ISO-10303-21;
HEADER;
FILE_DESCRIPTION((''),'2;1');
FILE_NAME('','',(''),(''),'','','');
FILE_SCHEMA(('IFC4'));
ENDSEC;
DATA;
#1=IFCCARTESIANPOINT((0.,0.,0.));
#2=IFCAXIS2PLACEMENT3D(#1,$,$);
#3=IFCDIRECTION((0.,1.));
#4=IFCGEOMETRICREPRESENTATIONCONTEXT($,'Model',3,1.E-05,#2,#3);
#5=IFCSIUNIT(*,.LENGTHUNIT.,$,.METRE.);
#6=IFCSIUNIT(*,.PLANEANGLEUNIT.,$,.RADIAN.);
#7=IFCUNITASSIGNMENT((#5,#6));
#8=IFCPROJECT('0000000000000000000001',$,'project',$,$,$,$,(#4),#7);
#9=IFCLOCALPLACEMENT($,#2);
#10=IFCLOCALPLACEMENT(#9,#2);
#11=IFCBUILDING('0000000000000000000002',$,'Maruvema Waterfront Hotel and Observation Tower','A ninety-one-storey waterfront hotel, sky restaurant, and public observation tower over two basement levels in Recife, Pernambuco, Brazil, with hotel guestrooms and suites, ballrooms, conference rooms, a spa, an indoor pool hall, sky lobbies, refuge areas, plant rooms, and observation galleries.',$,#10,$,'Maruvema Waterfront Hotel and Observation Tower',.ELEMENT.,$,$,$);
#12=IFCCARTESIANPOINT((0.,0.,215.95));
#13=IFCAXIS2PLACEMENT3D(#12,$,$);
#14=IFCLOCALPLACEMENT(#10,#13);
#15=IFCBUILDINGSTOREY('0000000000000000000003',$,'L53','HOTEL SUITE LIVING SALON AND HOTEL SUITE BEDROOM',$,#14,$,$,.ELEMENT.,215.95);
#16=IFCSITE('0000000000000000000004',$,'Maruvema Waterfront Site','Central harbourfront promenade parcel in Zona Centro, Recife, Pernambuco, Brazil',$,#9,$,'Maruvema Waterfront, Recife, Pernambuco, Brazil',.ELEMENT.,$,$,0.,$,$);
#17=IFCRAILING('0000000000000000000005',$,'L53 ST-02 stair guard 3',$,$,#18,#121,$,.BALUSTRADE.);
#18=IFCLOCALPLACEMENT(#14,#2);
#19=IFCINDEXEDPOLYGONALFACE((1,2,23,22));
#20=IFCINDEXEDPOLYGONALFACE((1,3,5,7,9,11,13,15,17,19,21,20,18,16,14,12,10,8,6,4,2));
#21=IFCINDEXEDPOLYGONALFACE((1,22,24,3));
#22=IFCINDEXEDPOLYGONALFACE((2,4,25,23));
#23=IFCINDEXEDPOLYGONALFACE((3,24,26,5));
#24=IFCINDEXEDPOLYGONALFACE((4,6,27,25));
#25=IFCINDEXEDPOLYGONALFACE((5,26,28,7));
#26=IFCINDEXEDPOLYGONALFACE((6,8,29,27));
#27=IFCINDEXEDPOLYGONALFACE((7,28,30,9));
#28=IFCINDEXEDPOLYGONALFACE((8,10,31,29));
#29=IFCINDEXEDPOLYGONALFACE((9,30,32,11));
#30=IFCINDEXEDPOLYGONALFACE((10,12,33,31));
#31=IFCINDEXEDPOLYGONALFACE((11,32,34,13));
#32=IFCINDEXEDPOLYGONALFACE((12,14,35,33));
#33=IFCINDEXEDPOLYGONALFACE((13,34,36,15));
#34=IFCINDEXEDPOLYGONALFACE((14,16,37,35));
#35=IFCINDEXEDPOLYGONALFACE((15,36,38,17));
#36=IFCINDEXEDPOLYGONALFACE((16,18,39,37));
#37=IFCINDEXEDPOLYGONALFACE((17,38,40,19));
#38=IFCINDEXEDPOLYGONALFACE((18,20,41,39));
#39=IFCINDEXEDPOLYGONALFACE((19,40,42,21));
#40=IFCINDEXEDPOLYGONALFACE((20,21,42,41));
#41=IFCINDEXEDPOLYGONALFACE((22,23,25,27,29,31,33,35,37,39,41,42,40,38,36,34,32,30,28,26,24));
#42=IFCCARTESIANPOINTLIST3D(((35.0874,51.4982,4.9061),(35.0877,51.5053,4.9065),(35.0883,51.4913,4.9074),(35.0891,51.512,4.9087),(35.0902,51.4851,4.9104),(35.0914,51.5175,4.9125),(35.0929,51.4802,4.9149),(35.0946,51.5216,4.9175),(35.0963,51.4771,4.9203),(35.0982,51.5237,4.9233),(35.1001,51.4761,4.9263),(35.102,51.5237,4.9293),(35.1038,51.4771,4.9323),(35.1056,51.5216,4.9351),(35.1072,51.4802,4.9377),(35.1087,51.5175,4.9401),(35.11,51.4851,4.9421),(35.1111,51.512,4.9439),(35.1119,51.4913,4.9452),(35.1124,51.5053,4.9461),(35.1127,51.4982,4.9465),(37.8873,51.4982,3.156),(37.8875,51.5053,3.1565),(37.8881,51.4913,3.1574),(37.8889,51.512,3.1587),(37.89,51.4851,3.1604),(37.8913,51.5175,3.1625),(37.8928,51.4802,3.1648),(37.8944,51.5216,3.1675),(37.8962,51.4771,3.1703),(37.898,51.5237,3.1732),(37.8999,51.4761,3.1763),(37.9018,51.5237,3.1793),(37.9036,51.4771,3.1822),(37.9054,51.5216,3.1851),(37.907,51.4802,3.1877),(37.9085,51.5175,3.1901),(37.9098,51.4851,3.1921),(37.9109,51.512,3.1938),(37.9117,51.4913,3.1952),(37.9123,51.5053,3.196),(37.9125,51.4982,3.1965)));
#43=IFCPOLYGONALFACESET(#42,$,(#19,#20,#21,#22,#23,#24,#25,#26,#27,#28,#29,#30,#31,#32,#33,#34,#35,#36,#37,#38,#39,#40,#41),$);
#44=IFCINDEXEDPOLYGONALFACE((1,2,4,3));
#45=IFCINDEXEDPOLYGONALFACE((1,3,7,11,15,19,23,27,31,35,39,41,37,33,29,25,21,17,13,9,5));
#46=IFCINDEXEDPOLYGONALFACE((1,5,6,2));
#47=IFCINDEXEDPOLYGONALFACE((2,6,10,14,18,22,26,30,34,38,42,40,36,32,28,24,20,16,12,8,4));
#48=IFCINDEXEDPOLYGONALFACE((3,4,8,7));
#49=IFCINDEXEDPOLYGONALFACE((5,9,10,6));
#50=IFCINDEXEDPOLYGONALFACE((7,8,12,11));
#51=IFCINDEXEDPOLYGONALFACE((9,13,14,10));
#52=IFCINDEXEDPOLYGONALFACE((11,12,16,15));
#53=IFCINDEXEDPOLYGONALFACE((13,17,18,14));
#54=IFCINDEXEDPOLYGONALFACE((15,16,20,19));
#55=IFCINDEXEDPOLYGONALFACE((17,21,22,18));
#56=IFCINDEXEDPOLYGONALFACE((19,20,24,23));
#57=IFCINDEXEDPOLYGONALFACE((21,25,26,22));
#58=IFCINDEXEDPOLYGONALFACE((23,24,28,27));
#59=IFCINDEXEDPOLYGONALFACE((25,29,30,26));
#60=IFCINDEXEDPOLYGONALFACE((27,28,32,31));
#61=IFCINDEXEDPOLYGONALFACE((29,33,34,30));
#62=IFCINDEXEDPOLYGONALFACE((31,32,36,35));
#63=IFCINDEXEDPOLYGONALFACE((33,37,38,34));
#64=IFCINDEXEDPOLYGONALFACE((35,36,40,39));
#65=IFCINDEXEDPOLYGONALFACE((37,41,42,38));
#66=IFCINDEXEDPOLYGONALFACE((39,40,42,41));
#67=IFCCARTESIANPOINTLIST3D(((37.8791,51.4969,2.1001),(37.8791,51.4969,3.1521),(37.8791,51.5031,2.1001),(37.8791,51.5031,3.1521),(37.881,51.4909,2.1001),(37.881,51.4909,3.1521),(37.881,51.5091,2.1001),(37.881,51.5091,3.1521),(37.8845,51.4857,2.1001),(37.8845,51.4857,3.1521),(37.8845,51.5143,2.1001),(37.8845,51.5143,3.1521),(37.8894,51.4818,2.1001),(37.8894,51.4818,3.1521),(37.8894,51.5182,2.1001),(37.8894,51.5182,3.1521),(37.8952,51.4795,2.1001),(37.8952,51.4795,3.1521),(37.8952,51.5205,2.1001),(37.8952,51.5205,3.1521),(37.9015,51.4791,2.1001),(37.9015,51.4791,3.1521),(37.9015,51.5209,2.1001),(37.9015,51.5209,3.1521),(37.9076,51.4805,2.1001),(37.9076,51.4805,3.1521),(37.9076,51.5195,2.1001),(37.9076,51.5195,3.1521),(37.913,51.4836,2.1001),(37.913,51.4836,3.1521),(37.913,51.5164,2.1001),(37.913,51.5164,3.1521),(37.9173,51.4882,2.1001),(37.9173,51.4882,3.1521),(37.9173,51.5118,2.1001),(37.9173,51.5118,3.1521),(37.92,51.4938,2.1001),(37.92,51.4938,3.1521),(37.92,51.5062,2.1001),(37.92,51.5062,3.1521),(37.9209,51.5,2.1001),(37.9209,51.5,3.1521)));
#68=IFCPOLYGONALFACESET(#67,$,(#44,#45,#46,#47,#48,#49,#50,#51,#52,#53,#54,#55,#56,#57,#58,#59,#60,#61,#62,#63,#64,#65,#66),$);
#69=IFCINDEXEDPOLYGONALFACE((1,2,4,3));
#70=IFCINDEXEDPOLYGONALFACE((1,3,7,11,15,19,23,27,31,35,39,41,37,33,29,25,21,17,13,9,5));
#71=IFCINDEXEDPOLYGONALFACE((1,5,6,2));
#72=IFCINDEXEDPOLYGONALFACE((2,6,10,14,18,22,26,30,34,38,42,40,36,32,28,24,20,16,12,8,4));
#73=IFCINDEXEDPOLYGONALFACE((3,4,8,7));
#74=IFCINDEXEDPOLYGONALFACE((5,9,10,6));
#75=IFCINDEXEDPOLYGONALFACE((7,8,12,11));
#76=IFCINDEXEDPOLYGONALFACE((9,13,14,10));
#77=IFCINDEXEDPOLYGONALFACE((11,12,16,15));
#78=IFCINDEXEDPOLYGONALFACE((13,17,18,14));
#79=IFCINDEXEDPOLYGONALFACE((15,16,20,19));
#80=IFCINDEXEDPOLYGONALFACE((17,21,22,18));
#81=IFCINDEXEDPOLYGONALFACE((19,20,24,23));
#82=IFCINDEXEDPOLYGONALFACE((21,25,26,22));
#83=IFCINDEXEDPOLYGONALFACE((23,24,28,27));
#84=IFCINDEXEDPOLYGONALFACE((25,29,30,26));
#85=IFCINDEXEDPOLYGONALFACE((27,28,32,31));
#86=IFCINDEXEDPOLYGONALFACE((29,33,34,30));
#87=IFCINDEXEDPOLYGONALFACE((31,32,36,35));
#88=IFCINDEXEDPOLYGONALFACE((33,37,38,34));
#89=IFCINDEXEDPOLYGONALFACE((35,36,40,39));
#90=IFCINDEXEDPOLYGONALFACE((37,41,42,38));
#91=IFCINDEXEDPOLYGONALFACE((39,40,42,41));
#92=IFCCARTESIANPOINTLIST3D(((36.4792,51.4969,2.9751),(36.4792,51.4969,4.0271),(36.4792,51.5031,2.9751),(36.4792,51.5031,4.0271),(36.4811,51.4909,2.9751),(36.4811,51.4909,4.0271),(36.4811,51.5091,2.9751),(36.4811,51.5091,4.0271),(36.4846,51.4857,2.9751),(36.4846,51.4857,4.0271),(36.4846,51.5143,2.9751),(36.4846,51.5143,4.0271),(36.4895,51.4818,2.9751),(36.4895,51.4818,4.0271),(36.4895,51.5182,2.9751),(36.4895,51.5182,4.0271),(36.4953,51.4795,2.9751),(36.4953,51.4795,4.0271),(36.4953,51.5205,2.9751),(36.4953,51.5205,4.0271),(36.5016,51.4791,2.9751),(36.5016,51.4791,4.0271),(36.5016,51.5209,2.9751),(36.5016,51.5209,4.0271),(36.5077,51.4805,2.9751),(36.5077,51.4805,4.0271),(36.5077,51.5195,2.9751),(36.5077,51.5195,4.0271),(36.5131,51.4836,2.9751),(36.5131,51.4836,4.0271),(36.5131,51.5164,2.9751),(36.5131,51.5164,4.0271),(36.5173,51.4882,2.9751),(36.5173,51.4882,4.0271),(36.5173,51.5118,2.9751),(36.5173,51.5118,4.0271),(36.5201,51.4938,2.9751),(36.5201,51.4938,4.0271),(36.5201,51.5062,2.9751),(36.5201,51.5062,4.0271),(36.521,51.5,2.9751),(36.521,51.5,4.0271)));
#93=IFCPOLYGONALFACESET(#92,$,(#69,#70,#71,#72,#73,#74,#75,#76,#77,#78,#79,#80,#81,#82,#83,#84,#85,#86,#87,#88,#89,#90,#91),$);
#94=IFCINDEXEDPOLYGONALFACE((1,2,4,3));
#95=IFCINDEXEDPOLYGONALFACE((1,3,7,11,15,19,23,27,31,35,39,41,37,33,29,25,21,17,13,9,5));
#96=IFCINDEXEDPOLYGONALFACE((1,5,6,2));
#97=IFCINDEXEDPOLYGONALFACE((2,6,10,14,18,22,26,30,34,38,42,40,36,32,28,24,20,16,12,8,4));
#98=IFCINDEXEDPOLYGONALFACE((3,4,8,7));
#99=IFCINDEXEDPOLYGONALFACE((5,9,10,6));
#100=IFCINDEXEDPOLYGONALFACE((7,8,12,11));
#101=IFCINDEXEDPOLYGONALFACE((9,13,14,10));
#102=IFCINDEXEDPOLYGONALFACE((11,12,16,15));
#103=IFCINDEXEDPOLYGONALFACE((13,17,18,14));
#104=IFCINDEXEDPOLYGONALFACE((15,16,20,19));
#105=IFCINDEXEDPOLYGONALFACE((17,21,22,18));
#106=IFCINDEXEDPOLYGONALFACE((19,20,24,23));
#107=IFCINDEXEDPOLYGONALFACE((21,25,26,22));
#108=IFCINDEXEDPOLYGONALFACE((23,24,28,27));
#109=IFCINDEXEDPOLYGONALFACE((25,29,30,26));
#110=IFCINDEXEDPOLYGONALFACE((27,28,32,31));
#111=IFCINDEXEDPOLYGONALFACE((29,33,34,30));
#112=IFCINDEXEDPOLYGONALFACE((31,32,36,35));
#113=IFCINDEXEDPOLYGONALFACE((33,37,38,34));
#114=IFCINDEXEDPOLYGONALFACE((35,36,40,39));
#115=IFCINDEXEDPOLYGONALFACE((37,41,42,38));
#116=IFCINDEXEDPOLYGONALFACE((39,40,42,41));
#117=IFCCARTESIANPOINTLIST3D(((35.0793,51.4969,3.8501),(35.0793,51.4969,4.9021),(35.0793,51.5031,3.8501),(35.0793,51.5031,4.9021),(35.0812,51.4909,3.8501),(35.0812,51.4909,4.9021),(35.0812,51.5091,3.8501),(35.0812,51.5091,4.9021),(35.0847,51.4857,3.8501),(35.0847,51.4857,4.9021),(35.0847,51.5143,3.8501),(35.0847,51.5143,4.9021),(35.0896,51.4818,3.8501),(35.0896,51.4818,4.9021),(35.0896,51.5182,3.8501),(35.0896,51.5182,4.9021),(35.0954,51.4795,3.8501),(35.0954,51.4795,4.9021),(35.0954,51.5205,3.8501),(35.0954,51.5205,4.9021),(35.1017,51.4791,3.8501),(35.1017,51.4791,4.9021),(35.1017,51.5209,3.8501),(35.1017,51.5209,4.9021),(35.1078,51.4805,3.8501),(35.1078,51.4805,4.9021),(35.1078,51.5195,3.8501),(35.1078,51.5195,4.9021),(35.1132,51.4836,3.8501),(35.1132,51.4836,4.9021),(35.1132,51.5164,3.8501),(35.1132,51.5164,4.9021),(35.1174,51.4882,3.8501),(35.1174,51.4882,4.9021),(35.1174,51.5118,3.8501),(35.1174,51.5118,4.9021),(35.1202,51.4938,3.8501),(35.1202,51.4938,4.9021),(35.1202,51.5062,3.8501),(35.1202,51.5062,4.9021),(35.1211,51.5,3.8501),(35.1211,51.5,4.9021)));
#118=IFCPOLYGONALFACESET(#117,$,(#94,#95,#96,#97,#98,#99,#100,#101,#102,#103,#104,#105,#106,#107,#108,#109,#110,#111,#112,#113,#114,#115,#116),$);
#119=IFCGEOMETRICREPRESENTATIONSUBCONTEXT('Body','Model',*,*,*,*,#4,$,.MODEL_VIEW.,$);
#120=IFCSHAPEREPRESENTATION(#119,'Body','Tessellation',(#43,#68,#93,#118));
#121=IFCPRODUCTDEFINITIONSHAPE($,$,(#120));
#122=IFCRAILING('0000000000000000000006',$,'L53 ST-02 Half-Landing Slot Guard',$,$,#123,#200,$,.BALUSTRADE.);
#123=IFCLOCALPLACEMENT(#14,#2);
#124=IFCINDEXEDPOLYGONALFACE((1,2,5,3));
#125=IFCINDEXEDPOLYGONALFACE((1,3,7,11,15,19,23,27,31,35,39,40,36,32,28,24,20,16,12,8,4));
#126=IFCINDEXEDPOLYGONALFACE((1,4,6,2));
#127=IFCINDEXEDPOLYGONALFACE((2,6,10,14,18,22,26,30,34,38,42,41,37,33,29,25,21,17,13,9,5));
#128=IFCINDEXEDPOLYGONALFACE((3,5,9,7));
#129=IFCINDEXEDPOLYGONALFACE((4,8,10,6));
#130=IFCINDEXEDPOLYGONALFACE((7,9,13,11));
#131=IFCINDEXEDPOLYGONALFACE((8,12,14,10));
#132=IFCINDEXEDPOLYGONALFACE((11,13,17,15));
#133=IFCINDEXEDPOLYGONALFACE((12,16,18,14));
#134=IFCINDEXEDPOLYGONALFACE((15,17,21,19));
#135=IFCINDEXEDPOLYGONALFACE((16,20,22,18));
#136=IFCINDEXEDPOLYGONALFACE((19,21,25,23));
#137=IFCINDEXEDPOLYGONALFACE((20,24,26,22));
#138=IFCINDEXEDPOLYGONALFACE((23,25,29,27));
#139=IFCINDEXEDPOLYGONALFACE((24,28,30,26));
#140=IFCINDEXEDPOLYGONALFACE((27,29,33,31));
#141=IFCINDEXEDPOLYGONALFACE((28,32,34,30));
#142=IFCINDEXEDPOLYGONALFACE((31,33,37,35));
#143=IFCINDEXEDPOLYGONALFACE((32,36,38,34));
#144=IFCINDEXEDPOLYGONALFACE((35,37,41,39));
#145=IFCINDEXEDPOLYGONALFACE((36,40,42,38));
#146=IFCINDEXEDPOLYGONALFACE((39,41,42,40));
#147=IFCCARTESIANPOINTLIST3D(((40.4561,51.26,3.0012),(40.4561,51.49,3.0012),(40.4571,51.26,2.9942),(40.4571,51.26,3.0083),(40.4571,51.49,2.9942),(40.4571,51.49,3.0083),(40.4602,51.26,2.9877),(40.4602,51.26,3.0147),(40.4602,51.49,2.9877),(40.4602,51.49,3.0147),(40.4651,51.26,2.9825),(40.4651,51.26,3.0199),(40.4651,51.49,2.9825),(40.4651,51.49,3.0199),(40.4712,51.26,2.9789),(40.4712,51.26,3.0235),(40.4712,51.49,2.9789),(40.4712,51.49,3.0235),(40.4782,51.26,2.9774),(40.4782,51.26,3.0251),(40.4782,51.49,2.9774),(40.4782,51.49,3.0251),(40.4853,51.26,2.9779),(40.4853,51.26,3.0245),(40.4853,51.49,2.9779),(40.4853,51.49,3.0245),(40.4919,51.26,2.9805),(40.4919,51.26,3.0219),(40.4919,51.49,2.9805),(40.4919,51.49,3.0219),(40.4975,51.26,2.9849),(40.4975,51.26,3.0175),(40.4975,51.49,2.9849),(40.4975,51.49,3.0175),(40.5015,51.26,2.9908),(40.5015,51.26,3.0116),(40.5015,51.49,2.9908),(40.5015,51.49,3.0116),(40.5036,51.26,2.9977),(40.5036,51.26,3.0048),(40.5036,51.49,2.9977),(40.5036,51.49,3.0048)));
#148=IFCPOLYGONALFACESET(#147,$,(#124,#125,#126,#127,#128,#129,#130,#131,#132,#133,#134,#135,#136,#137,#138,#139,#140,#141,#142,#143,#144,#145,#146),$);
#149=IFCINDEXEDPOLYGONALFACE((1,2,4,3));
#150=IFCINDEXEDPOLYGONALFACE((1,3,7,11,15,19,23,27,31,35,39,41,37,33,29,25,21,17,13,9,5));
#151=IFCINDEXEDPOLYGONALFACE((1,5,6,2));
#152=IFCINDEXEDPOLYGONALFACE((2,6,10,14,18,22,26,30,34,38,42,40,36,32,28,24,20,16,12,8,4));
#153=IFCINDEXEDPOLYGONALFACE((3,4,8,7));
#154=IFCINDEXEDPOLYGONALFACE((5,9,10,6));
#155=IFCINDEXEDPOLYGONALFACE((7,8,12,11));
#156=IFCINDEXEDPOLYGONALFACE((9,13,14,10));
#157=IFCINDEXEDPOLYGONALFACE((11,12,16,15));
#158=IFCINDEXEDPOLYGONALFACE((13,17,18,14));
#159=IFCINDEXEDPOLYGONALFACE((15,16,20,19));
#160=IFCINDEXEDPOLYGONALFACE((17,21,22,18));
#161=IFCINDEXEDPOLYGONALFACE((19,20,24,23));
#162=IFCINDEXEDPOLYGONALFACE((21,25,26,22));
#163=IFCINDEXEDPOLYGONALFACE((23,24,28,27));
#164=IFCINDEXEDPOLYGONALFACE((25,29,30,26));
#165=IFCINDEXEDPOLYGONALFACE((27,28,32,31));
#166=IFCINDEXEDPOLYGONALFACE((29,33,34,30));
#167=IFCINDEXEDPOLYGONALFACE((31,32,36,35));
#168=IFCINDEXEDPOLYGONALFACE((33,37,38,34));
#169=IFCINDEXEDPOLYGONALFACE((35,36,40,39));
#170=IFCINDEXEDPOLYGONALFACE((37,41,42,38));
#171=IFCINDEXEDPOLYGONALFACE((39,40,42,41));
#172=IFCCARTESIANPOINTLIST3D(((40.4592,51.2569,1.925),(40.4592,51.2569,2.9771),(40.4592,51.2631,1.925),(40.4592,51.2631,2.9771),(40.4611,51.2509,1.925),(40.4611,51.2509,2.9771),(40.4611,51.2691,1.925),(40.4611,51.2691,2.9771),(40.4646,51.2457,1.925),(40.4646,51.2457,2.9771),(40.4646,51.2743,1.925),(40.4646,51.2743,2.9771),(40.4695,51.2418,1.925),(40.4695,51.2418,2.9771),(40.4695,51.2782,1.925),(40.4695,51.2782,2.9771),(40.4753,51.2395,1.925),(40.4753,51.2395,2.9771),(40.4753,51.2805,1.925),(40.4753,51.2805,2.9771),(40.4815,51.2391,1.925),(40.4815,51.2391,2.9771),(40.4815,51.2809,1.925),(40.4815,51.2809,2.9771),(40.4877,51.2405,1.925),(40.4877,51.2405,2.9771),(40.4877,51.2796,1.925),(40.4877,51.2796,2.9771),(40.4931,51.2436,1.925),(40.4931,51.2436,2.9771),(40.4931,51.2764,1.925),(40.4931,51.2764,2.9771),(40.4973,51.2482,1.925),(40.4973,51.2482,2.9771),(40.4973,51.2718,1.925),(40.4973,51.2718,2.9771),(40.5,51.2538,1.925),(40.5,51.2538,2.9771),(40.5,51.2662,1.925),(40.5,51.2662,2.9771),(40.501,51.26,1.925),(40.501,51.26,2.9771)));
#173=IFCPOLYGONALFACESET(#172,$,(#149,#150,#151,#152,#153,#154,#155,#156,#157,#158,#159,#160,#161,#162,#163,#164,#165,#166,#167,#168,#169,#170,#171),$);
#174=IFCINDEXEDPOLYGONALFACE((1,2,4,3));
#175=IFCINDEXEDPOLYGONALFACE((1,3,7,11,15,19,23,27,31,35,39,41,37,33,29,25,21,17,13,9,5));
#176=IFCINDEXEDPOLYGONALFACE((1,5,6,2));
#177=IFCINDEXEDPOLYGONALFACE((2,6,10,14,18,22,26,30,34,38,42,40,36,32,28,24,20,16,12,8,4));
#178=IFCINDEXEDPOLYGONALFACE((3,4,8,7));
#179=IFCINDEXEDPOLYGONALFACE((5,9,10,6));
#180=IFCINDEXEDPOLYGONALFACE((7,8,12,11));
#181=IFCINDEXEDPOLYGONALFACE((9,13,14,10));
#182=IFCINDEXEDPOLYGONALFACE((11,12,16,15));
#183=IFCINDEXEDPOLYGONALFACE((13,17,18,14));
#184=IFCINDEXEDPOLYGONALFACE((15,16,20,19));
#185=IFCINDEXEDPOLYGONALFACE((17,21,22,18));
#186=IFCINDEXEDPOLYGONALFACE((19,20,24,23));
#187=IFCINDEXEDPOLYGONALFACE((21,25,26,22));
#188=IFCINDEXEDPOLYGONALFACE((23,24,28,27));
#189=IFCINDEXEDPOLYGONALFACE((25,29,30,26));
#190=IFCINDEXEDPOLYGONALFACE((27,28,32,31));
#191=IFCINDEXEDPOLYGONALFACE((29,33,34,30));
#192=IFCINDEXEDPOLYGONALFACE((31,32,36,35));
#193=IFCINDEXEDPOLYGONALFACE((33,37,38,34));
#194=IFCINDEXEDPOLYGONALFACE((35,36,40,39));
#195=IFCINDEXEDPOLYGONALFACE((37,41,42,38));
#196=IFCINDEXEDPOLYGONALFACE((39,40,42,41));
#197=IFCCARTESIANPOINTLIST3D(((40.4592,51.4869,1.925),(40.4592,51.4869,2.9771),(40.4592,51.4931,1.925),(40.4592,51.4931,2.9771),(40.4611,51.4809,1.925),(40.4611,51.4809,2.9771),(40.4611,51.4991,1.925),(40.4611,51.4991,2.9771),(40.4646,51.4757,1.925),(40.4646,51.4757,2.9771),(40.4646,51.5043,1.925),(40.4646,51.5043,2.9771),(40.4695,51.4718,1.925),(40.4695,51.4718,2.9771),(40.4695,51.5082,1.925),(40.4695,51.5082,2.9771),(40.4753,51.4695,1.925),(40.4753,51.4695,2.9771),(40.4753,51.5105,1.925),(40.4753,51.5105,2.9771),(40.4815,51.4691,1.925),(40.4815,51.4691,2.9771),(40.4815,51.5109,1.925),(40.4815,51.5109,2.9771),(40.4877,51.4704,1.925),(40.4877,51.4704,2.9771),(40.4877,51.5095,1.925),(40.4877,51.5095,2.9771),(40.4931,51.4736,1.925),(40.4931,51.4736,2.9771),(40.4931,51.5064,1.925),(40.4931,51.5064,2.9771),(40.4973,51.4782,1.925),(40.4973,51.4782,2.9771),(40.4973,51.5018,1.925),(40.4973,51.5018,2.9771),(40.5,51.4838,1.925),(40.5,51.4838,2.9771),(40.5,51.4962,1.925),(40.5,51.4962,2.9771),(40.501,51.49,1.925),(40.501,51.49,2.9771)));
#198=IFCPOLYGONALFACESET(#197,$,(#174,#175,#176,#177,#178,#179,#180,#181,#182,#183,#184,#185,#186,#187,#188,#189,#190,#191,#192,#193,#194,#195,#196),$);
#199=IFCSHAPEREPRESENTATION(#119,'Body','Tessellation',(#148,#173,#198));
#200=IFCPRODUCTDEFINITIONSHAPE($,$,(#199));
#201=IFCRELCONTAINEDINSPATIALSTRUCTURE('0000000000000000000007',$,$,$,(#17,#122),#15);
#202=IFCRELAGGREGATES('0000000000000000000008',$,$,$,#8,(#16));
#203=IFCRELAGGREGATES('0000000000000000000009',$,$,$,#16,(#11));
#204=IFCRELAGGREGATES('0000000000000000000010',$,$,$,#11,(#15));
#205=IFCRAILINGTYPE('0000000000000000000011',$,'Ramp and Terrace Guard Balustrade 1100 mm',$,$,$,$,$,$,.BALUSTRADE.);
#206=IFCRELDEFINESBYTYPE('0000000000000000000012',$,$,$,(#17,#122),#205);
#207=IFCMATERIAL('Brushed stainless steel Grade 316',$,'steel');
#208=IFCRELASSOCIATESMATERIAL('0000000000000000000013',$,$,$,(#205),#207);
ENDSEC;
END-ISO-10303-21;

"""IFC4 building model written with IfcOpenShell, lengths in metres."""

from ifc_helpers import new_model, si_unit, direction, frame, origin, origin_2d, place, context, subcontext, project, spatial, circle, extrude, material, type_object, element, save


model = new_model("IFC4")

# Units and contexts
model_context = context("Model", 3, precision=1e-05, world=origin(), true_north=direction((0.0, 1.0)))
body_context = subcontext(model_context, "Body", "Model", "MODEL_VIEW")
ifc_project = project(units=[si_unit("LENGTHUNIT", "METRE"), si_unit("PLANEANGLEUNIT", "RADIAN")], contexts=[model_context])

# Site, building, storey
site_placement = place(None, origin())
site = spatial("IfcSite", under=ifc_project, at=site_placement, Name="Maruvema Waterfront Site", Description="Central harbourfront promenade parcel in Zona Centro, Recife, Pernambuco, Brazil", LongName="Maruvema Waterfront, Recife, Pernambuco, Brazil", CompositionType="ELEMENT", RefElevation=0.0)
building_placement = place(site_placement, origin())
building = spatial("IfcBuilding", under=site, at=building_placement, Name="Maruvema Waterfront Hotel and Observation Tower", Description="A ninety-one-storey waterfront hotel, sky restaurant, and public observation tower over two basement levels in Recife, Pernambuco, Brazil, with hotel guestrooms and suites, ballrooms, conference rooms, a spa, an indoor pool hall, sky lobbies, refuge areas, plant rooms, and observation galleries.", LongName="Maruvema Waterfront Hotel and Observation Tower", CompositionType="ELEMENT")
storey_placement = place(building_placement, frame((0.0, 0.0, 215.95)))
storey = spatial("IfcBuildingStorey", under=building, at=storey_placement, Name="L53", Description="HOTEL SUITE LIVING SALON AND HOTEL SUITE BEDROOM", CompositionType="ELEMENT", Elevation=215.95)

# Railings
ifc_material_1 = material(Name="Brushed stainless steel Grade 316", Category="steel")
railing_type_1 = type_object("IfcRailingType", Name="Ramp and Terrace Guard Balustrade 1100 mm", PredefinedType="BALUSTRADE", material=ifc_material_1)
railing_1_placement = place(storey_placement, frame((37.8999, 51.5, 2.1001)))
element("IfcRailing", 1, at=railing_1_placement, inside=storey, type_object=railing_type_1, Name="L53 ST-02 stair guard 3", PredefinedType="BALUSTRADE", context=body_context, shape_type="SweptSolid", body=[
    extrude(circle(Radius=0.0239, at=origin_2d()), frame((0.0, 0.0, 1.0762), z_axis=(-0.847982, 0.0, 0.530026), x_axis=(0.0, -1.0, 0.0)), (0.0, 0.0, 1.0), 3.3018),
    extrude(circle(Radius=0.021, at=origin_2d()), origin(), (0.0, 0.0, 1.0), 1.052),
    extrude(circle(Radius=0.021, at=origin_2d()), frame((-1.3999, 0.0, 0.875)), (0.0, 0.0, 1.0), 1.052),
    extrude(circle(Radius=0.021, at=origin_2d()), frame((-2.7998, 0.0, 1.75)), (0.0, 0.0, 1.0), 1.052),
])
railing_2_placement = place(storey_placement, frame((40.48, 51.26, 1.925)))
element("IfcRailing", 2, at=railing_2_placement, inside=storey, type_object=railing_type_1, Name="L53 ST-02 Half-Landing Slot Guard", PredefinedType="BALUSTRADE", context=body_context, shape_type="SweptSolid", body=[
    extrude(circle(Radius=0.0239, at=origin_2d()), frame((0.0, 0.0, 1.0762), z_axis=(0.0, 1.0, 0.0), x_axis=(-1.0, 0.0, 0.0)), (0.0, 0.0, 1.0), 0.23),
    extrude(circle(Radius=0.021, at=origin_2d()), origin(), (0.0, 0.0, 1.0), 1.052),
    extrude(circle(Radius=0.021, at=origin_2d()), frame((0.0, 0.23, 0.0)), (0.0, 0.0, 1.0), 1.052),
])

save(model, "model.ifc")
